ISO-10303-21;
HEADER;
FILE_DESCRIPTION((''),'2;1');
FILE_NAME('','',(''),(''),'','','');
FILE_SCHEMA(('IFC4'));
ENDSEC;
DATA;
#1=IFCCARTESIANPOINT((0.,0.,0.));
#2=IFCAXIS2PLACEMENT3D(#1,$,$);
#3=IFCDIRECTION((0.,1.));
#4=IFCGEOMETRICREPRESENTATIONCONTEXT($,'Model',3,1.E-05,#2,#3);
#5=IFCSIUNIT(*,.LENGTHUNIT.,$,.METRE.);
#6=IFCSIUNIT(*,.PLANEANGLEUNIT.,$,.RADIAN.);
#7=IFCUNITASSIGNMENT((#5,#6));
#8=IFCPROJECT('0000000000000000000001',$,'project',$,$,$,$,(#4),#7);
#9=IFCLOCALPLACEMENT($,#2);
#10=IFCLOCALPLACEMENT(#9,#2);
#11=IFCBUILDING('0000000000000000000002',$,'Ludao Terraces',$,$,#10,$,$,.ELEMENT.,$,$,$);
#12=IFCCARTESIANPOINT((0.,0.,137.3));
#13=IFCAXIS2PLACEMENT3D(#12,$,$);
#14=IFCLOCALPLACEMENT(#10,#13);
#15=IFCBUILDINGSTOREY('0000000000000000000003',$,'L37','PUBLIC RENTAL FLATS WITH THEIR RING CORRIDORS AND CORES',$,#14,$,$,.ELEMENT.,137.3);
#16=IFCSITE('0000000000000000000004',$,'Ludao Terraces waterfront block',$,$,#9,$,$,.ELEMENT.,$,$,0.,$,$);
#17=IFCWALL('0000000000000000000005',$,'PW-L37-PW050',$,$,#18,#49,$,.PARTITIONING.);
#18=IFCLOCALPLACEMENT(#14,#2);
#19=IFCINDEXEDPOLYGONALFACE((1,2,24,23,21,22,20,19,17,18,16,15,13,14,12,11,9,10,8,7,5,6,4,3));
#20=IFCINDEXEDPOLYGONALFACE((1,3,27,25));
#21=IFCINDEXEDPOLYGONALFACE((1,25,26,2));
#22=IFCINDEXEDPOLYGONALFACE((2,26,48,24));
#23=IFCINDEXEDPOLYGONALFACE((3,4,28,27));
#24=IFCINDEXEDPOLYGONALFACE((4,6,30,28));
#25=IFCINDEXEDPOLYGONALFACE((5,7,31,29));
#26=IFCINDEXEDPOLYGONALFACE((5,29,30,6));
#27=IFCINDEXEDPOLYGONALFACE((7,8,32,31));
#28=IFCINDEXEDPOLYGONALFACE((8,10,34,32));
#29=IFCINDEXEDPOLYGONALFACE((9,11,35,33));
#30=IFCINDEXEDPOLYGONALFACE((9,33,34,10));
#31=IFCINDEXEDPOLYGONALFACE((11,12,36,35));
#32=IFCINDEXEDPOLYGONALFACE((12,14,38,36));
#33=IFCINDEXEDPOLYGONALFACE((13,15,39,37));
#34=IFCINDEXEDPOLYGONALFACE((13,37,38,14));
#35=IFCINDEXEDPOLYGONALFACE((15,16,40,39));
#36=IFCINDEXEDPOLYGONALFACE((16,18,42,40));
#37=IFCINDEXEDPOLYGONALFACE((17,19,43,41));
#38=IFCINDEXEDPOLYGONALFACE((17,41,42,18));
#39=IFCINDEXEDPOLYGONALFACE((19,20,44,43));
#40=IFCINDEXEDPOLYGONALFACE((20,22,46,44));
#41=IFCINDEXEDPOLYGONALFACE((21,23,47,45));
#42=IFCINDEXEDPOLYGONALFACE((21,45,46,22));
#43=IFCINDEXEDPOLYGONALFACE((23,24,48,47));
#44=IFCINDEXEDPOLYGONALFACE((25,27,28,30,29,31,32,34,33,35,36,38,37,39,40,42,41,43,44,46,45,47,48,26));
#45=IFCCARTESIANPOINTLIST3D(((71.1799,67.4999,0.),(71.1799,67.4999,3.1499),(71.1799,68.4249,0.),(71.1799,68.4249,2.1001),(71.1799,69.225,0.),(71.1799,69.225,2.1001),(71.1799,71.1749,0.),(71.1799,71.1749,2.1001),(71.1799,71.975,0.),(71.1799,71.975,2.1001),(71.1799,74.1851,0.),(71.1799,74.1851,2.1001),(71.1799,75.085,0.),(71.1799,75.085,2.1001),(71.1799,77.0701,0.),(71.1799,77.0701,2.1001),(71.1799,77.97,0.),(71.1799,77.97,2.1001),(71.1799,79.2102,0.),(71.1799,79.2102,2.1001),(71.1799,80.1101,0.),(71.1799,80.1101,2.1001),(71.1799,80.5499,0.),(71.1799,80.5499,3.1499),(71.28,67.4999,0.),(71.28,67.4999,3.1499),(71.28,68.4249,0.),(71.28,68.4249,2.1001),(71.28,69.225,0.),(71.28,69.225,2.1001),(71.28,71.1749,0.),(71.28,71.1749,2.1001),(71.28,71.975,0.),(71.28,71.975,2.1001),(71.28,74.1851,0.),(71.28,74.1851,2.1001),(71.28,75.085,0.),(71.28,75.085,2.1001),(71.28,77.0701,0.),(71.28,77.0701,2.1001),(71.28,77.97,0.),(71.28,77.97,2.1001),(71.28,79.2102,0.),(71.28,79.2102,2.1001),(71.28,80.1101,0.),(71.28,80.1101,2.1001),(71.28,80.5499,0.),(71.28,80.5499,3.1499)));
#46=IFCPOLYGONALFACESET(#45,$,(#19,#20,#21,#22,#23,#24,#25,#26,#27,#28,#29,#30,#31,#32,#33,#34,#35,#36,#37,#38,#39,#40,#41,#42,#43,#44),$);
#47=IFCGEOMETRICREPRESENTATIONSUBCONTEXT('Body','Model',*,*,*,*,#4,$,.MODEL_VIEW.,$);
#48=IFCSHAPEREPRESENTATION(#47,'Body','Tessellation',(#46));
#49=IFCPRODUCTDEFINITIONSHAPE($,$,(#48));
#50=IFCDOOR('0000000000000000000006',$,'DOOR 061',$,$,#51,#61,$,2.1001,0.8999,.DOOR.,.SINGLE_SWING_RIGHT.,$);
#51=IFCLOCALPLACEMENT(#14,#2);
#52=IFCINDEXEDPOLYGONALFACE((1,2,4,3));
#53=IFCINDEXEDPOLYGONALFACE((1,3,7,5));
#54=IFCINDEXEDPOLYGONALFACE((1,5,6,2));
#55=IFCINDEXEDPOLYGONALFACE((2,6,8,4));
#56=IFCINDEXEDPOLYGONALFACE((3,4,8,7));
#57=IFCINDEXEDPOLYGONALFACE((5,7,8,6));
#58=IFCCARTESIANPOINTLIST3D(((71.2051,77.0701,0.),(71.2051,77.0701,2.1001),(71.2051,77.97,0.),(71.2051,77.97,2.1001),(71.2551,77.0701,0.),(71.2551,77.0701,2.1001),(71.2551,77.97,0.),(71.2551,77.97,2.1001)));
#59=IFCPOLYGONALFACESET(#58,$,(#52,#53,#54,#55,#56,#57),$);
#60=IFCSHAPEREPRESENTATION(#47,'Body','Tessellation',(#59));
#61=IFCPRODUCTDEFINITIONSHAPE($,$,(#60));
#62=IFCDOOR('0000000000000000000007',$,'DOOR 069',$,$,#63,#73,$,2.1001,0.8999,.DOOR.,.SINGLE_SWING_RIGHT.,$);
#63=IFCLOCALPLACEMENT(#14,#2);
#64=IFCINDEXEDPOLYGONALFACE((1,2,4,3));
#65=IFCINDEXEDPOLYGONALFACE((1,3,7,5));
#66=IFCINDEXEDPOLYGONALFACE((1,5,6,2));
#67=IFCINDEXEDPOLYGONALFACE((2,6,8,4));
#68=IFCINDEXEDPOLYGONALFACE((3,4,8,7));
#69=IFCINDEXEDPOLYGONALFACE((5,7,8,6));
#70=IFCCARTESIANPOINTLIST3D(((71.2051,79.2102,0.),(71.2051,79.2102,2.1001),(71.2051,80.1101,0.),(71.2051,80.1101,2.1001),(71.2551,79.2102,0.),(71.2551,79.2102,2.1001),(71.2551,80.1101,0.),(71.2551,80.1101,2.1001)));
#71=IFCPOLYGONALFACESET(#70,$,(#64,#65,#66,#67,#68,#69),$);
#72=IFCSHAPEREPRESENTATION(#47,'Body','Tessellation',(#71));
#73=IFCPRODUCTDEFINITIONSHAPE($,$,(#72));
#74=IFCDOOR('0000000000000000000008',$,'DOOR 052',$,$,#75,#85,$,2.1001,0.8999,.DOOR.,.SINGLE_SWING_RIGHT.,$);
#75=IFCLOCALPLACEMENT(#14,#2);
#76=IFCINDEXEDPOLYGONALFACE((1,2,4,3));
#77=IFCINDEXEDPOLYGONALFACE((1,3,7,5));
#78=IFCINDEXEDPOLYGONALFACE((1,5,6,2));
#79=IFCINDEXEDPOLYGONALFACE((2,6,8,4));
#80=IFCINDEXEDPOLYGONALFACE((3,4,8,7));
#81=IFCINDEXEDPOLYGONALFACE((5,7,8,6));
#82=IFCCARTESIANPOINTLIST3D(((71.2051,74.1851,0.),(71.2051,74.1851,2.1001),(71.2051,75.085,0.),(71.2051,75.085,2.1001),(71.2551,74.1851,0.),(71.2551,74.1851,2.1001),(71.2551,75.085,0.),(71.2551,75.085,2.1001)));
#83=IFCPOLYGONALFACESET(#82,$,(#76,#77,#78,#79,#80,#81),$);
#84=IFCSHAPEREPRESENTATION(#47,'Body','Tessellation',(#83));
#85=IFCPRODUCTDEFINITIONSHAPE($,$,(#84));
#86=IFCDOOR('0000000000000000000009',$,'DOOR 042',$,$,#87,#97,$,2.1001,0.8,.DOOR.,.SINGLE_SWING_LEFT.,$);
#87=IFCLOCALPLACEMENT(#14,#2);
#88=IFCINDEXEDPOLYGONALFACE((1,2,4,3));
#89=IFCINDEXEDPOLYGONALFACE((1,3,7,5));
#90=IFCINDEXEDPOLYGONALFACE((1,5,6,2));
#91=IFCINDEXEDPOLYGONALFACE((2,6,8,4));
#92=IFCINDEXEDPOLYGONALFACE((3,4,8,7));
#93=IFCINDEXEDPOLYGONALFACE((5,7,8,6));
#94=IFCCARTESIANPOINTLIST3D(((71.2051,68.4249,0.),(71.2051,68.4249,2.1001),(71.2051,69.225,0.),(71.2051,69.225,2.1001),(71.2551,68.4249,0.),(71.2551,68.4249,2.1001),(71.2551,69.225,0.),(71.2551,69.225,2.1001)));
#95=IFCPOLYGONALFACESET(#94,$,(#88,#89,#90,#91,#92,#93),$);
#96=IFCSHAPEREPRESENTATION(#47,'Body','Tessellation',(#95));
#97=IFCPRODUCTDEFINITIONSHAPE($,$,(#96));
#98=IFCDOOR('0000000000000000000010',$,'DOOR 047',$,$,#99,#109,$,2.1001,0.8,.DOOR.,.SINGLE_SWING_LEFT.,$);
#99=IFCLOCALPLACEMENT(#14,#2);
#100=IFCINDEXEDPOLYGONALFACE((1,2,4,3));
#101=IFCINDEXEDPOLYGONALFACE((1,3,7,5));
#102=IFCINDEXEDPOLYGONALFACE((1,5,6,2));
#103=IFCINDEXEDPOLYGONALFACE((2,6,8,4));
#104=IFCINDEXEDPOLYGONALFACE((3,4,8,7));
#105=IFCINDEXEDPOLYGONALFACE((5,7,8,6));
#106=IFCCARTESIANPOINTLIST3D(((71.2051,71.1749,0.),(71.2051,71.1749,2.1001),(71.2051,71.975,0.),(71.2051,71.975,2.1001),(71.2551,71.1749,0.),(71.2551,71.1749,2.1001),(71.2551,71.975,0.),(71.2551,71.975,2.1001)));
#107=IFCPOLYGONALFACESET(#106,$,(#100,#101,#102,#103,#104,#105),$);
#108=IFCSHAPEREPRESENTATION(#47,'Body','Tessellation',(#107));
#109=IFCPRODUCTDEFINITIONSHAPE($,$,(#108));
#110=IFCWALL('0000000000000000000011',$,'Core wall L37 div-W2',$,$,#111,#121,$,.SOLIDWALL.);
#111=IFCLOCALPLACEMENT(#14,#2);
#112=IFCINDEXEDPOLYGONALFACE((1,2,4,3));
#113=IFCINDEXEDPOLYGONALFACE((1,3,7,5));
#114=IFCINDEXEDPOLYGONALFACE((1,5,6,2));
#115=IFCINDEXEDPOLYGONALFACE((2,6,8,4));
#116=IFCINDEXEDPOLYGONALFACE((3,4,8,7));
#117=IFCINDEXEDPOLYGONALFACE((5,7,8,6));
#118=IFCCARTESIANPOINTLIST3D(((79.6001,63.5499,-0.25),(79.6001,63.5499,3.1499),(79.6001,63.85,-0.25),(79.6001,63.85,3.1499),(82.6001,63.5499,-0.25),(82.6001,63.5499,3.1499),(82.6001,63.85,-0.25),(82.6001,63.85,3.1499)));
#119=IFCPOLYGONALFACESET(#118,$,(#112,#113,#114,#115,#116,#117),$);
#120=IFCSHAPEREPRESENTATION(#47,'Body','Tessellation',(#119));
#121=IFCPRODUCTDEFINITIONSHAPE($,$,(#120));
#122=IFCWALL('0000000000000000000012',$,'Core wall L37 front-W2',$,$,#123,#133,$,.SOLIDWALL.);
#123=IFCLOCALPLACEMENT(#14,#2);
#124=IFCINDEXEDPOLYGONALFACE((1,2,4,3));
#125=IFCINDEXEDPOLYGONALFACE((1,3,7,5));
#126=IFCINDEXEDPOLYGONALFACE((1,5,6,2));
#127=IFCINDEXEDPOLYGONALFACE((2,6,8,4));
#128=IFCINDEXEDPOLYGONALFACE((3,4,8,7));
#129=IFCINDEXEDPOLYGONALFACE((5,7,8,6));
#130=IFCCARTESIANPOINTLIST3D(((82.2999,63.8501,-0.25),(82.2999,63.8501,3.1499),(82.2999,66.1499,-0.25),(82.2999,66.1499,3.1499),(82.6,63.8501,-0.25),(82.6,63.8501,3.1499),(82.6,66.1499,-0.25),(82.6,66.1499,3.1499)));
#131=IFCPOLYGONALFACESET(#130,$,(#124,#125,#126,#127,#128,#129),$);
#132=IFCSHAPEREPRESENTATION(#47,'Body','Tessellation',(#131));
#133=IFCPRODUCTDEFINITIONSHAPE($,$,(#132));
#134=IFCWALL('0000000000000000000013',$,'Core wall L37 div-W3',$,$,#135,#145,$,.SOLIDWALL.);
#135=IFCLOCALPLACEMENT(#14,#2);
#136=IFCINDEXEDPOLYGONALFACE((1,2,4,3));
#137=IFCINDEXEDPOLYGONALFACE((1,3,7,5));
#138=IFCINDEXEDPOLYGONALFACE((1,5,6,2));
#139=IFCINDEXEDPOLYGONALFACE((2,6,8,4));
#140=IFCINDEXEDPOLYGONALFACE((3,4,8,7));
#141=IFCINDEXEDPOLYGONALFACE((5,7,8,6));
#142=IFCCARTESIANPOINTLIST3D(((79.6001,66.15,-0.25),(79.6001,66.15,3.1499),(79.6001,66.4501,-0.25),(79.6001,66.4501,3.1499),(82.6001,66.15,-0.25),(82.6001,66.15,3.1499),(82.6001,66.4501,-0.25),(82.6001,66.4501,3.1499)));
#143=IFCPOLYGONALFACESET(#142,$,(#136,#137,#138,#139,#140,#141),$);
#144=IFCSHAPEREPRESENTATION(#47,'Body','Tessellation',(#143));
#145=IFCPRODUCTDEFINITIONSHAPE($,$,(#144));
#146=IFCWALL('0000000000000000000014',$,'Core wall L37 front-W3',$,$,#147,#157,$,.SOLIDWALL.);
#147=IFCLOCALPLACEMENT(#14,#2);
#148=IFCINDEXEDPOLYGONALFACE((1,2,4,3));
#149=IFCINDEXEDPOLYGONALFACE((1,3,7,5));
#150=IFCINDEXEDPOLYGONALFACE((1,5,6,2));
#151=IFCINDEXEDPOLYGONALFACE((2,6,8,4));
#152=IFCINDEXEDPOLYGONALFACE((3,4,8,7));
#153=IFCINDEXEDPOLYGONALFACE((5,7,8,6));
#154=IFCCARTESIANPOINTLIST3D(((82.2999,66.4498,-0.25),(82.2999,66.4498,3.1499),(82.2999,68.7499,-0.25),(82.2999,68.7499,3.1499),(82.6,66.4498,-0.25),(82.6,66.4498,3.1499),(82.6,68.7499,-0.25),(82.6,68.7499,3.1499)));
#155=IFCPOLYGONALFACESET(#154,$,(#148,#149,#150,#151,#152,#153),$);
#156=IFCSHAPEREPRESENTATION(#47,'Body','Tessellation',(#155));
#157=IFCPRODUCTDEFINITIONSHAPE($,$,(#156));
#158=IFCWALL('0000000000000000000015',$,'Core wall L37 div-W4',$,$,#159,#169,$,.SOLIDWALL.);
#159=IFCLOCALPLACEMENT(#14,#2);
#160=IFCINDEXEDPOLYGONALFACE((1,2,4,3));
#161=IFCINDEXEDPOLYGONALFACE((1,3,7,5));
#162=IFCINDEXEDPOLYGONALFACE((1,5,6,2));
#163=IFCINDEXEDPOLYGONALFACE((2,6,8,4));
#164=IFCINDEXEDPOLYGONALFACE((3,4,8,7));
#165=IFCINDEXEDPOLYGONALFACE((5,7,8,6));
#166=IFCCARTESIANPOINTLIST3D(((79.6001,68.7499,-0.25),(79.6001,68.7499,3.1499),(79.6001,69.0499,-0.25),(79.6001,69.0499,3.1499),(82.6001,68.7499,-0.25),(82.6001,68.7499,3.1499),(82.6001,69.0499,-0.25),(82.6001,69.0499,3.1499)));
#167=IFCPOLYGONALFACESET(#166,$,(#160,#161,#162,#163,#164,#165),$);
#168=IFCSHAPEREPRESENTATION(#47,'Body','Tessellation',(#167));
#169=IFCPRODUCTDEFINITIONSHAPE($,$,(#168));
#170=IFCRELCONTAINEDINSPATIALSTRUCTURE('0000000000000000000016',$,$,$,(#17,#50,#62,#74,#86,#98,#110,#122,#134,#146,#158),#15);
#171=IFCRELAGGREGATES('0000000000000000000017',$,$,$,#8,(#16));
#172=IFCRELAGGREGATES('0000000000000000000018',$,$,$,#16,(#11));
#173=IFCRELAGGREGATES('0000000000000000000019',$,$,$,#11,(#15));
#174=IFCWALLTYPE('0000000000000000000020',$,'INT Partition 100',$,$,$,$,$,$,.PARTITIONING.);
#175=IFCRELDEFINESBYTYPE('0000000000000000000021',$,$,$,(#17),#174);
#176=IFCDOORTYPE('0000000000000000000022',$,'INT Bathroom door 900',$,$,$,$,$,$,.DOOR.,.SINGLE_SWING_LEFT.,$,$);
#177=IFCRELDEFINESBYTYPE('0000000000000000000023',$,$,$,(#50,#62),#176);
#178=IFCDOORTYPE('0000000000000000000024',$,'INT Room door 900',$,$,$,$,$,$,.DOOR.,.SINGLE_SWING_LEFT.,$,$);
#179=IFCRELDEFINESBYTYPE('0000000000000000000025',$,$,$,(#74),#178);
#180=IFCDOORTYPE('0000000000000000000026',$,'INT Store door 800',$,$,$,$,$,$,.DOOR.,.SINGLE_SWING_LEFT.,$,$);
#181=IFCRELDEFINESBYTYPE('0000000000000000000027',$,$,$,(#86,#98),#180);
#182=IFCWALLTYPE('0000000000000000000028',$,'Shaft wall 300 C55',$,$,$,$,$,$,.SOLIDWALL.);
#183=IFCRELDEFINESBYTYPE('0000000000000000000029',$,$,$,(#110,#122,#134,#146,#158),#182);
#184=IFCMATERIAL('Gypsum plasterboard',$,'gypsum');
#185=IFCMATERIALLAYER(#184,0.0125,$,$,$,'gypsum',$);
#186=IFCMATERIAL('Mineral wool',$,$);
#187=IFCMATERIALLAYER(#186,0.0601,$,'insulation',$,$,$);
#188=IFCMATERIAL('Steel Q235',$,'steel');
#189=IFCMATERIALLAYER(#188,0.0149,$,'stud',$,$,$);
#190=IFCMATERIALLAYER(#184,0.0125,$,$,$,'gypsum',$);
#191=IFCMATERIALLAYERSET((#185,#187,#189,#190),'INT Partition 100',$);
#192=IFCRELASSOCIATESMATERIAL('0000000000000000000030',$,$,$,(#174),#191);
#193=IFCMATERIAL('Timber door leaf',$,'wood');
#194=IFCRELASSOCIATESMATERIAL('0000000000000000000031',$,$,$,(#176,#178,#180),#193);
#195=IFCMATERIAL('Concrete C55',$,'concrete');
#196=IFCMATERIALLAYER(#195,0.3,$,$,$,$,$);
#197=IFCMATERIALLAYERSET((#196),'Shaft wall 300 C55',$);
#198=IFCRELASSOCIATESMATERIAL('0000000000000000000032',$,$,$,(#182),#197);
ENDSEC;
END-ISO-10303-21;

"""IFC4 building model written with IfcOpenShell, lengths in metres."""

from ifc_helpers import new_model, si_unit, direction, frame, frame_2d, origin, place, context, subcontext, project, spatial, rectangle, extrude, material, layer, layer_set, type_object, element, fill, save


model = new_model("IFC4")

# Units and contexts
model_context = context("Model", 3, precision=1e-05, world=origin(), true_north=direction((0.0, 1.0)))
body_context = subcontext(model_context, "Body", "Model", "MODEL_VIEW")
ifc_project = project(units=[si_unit("LENGTHUNIT", "METRE"), si_unit("PLANEANGLEUNIT", "RADIAN")], contexts=[model_context])

# Site, building, storey
site_placement = place(None, origin())
site = spatial("IfcSite", under=ifc_project, at=site_placement, Name="Ludao Terraces waterfront block", CompositionType="ELEMENT", RefElevation=0.0)
building_placement = place(site_placement, origin())
building = spatial("IfcBuilding", under=site, at=building_placement, Name="Ludao Terraces", CompositionType="ELEMENT")
storey_placement = place(building_placement, frame((0.0, 0.0, 137.3)))
storey = spatial("IfcBuildingStorey", under=building, at=storey_placement, Name="L37", Description="PUBLIC RENTAL FLATS WITH THEIR RING CORRIDORS AND CORES", CompositionType="ELEMENT", Elevation=137.3)

# Shared definitions
ifc_material_1 = material(Name="Gypsum plasterboard", Category="gypsum")
ifc_layer_1 = layer(ifc_material_1, 0.0125, Category="gypsum")
ifc_material_2 = material(Name="Mineral wool")
ifc_layer_2 = layer(ifc_material_2, 0.0601, Name="insulation")
ifc_material_3 = material(Name="Steel Q235", Category="steel")
ifc_layer_3 = layer(ifc_material_3, 0.0149, Name="stud")
ifc_layer_4 = layer(ifc_material_1, 0.0125, Category="gypsum")
ifc_layer_set_1 = layer_set([ifc_layer_1, ifc_layer_2, ifc_layer_3, ifc_layer_4], Name="INT Partition 100")
wall_type_1 = type_object("IfcWallType", Name="INT Partition 100", PredefinedType="PARTITIONING", material=ifc_layer_set_1)

# Wall, openings, doors
wall_1_placement = place(storey_placement, frame((71.23, 67.5, 0.0), z_axis=(0.0, 0.0, 1.0), x_axis=(0.0, 1.0, 0.0)))
wall_1 = element("IfcWall", 1, at=wall_1_placement, inside=storey, type_object=wall_type_1, Name="PW-L37-PW050", PredefinedType="PARTITIONING", context=body_context, shape_type="SweptSolid", body=[
    extrude(rectangle(XDim=13.05, YDim=0.1001, at=frame_2d((6.5249, 0.0))), origin(), (0.0, 0.0, 1.0), 3.1499),
])
opening_1_placement = place(wall_1_placement, frame((0.925, 0.0, 0.0)))
opening_1 = element("IfcOpeningElement", 2, at=opening_1_placement, cuts=wall_1, PredefinedType="OPENING", context=body_context, shape_type="SweptSolid", body=[
    extrude(rectangle(XDim=0.8, YDim=2.1001, at=frame_2d((0.3999, 1.05))), frame((0.0, 0.0601, 0.0), z_axis=(0.0, -1.0, 0.0), x_axis=(1.0, 0.0, 0.0)), (0.0, 0.0, 1.0), 0.1201),
])
opening_2_placement = place(wall_1_placement, frame((3.675, 0.0, 0.0)))
opening_2 = element("IfcOpeningElement", 3, at=opening_2_placement, cuts=wall_1, PredefinedType="OPENING", context=body_context, shape_type="SweptSolid", body=[
    extrude(rectangle(XDim=0.8, YDim=2.1001, at=frame_2d((0.3999, 1.05))), frame((0.0, 0.0601, 0.0), z_axis=(0.0, -1.0, 0.0), x_axis=(1.0, 0.0, 0.0)), (0.0, 0.0, 1.0), 0.1201),
])
opening_3_placement = place(wall_1_placement, frame((6.6851, 0.0, 0.0)))
opening_3 = element("IfcOpeningElement", 4, at=opening_3_placement, cuts=wall_1, PredefinedType="OPENING", context=body_context, shape_type="SweptSolid", body=[
    extrude(rectangle(XDim=0.8999, YDim=2.1001, at=frame_2d((0.45, 1.05))), frame((0.0, 0.0601, 0.0), z_axis=(0.0, -1.0, 0.0), x_axis=(1.0, 0.0, 0.0)), (0.0, 0.0, 1.0), 0.1201),
])
opening_4_placement = place(wall_1_placement, frame((9.5701, 0.0, 0.0)))
opening_4 = element("IfcOpeningElement", 5, at=opening_4_placement, cuts=wall_1, PredefinedType="OPENING", context=body_context, shape_type="SweptSolid", body=[
    extrude(rectangle(XDim=0.8999, YDim=2.1001, at=frame_2d((0.45, 1.05))), frame((0.0, 0.0601, 0.0), z_axis=(0.0, -1.0, 0.0), x_axis=(1.0, 0.0, 0.0)), (0.0, 0.0, 1.0), 0.1201),
])
opening_5_placement = place(wall_1_placement, frame((11.7102, 0.0, 0.0)))
opening_5 = element("IfcOpeningElement", 6, at=opening_5_placement, cuts=wall_1, PredefinedType="OPENING", context=body_context, shape_type="SweptSolid", body=[
    extrude(rectangle(XDim=0.8999, YDim=2.1001, at=frame_2d((0.45, 1.05))), frame((0.0, 0.0601, 0.0), z_axis=(0.0, -1.0, 0.0), x_axis=(1.0, 0.0, 0.0)), (0.0, 0.0, 1.0), 0.1201),
])
ifc_material_4 = material(Name="Timber door leaf", Category="wood")
door_type_1 = type_object("IfcDoorType", Name="INT Bathroom door 900", OperationType="SINGLE_SWING_LEFT", PredefinedType="DOOR", material=ifc_material_4)
door_1_placement = place(opening_4_placement, origin())
door_1 = element("IfcDoor", 7, at=door_1_placement, inside=storey, type_object=door_type_1, Name="DOOR 061", OperationType="SINGLE_SWING_RIGHT", OverallHeight=2.1001, OverallWidth=0.8999, PredefinedType="DOOR", context=body_context, shape_type="SweptSolid", body=[
    extrude(rectangle(XDim=0.8999, YDim=2.1001, at=frame_2d((0.45, 1.05))), frame((0.0, 0.0249, 0.0), z_axis=(0.0, -1.0, 0.0), x_axis=(1.0, 0.0, 0.0)), (0.0, 0.0, 1.0), 0.05),
])
fill(opening_4, door_1)
door_2_placement = place(opening_5_placement, origin())
door_2 = element("IfcDoor", 8, at=door_2_placement, inside=storey, type_object=door_type_1, Name="DOOR 069", OperationType="SINGLE_SWING_RIGHT", OverallHeight=2.1001, OverallWidth=0.8999, PredefinedType="DOOR", context=body_context, shape_type="SweptSolid", body=[
    extrude(rectangle(XDim=0.8999, YDim=2.1001, at=frame_2d((0.45, 1.05))), frame((0.0, 0.0249, 0.0), z_axis=(0.0, -1.0, 0.0), x_axis=(1.0, 0.0, 0.0)), (0.0, 0.0, 1.0), 0.05),
])
fill(opening_5, door_2)
door_type_2 = type_object("IfcDoorType", Name="INT Room door 900", OperationType="SINGLE_SWING_LEFT", PredefinedType="DOOR", material=ifc_material_4)
door_3_placement = place(opening_3_placement, origin())
door_3 = element("IfcDoor", 9, at=door_3_placement, inside=storey, type_object=door_type_2, Name="DOOR 052", OperationType="SINGLE_SWING_RIGHT", OverallHeight=2.1001, OverallWidth=0.8999, PredefinedType="DOOR", context=body_context, shape_type="SweptSolid", body=[
    extrude(rectangle(XDim=0.8999, YDim=2.1001, at=frame_2d((0.45, 1.05))), frame((0.0, 0.0249, 0.0), z_axis=(0.0, -1.0, 0.0), x_axis=(1.0, 0.0, 0.0)), (0.0, 0.0, 1.0), 0.05),
])
fill(opening_3, door_3)
door_type_3 = type_object("IfcDoorType", Name="INT Store door 800", OperationType="SINGLE_SWING_LEFT", PredefinedType="DOOR", material=ifc_material_4)
door_4_placement = place(opening_1_placement, origin())
door_4 = element("IfcDoor", 10, at=door_4_placement, inside=storey, type_object=door_type_3, Name="DOOR 042", OperationType="SINGLE_SWING_LEFT", OverallHeight=2.1001, OverallWidth=0.8, PredefinedType="DOOR", context=body_context, shape_type="SweptSolid", body=[
    extrude(rectangle(XDim=0.8, YDim=2.1001, at=frame_2d((0.3999, 1.05))), frame((0.0, 0.0249, 0.0), z_axis=(0.0, -1.0, 0.0), x_axis=(1.0, 0.0, 0.0)), (0.0, 0.0, 1.0), 0.05),
])
fill(opening_1, door_4)
door_5_placement = place(opening_2_placement, origin())
door_5 = element("IfcDoor", 11, at=door_5_placement, inside=storey, type_object=door_type_3, Name="DOOR 047", OperationType="SINGLE_SWING_LEFT", OverallHeight=2.1001, OverallWidth=0.8, PredefinedType="DOOR", context=body_context, shape_type="SweptSolid", body=[
    extrude(rectangle(XDim=0.8, YDim=2.1001, at=frame_2d((0.3999, 1.05))), frame((0.0, 0.0249, 0.0), z_axis=(0.0, -1.0, 0.0), x_axis=(1.0, 0.0, 0.0)), (0.0, 0.0, 1.0), 0.05),
])
fill(opening_2, door_5)

# Walls
ifc_material_5 = material(Name="Concrete C55", Category="concrete")
ifc_layer_5 = layer(ifc_material_5, 0.3)
ifc_layer_set_2 = layer_set([ifc_layer_5], Name="Shaft wall 300 C55")
wall_type_2 = type_object("IfcWallType", Name="Shaft wall 300 C55", PredefinedType="SOLIDWALL", material=ifc_layer_set_2)
wall_2_placement = place(storey_placement, frame((79.6001, 63.7, -0.25), z_axis=(0.0, 0.0, 1.0), x_axis=(1.0, 0.0, 0.0)))
element("IfcWall", 12, at=wall_2_placement, inside=storey, type_object=wall_type_2, Name="Core wall L37 div-W2", PredefinedType="SOLIDWALL", context=body_context, shape_type="SweptSolid", body=[
    extrude(rectangle(XDim=3.0, YDim=0.3, at=frame_2d((1.5, 0.0))), origin(), (0.0, 0.0, 1.0), 3.3999),
])
wall_3_placement = place(storey_placement, frame((82.45, 63.8501, -0.25), z_axis=(0.0, 0.0, 1.0), x_axis=(0.0, 1.0, 0.0)))
element("IfcWall", 13, at=wall_3_placement, inside=storey, type_object=wall_type_2, Name="Core wall L37 front-W2", PredefinedType="SOLIDWALL", context=body_context, shape_type="SweptSolid", body=[
    extrude(rectangle(XDim=2.2998, YDim=0.3, at=frame_2d((1.1499, 0.0))), origin(), (0.0, 0.0, 1.0), 3.3999),
])
wall_4_placement = place(storey_placement, frame((79.6001, 66.3, -0.25), z_axis=(0.0, 0.0, 1.0), x_axis=(1.0, 0.0, 0.0)))
element("IfcWall", 14, at=wall_4_placement, inside=storey, type_object=wall_type_2, Name="Core wall L37 div-W3", PredefinedType="SOLIDWALL", context=body_context, shape_type="SweptSolid", body=[
    extrude(rectangle(XDim=3.0, YDim=0.3, at=frame_2d((1.5, 0.0))), origin(), (0.0, 0.0, 1.0), 3.3999),
])
wall_5_placement = place(storey_placement, frame((82.45, 66.45, -0.25), z_axis=(0.0, 0.0, 1.0), x_axis=(0.0, 1.0, 0.0)))
element("IfcWall", 15, at=wall_5_placement, inside=storey, type_object=wall_type_2, Name="Core wall L37 front-W3", PredefinedType="SOLIDWALL", context=body_context, shape_type="SweptSolid", body=[
    extrude(rectangle(XDim=2.3, YDim=0.3, at=frame_2d((1.1499, 0.0))), origin(), (0.0, 0.0, 1.0), 3.3999),
])
wall_6_placement = place(storey_placement, frame((79.6001, 68.8999, -0.25), z_axis=(0.0, 0.0, 1.0), x_axis=(1.0, 0.0, 0.0)))
element("IfcWall", 16, at=wall_6_placement, inside=storey, type_object=wall_type_2, Name="Core wall L37 div-W4", PredefinedType="SOLIDWALL", context=body_context, shape_type="SweptSolid", body=[
    extrude(rectangle(XDim=3.0, YDim=0.3, at=frame_2d((1.5, 0.0))), origin(), (0.0, 0.0, 1.0), 3.3999),
])

save(model, "model.ifc")
